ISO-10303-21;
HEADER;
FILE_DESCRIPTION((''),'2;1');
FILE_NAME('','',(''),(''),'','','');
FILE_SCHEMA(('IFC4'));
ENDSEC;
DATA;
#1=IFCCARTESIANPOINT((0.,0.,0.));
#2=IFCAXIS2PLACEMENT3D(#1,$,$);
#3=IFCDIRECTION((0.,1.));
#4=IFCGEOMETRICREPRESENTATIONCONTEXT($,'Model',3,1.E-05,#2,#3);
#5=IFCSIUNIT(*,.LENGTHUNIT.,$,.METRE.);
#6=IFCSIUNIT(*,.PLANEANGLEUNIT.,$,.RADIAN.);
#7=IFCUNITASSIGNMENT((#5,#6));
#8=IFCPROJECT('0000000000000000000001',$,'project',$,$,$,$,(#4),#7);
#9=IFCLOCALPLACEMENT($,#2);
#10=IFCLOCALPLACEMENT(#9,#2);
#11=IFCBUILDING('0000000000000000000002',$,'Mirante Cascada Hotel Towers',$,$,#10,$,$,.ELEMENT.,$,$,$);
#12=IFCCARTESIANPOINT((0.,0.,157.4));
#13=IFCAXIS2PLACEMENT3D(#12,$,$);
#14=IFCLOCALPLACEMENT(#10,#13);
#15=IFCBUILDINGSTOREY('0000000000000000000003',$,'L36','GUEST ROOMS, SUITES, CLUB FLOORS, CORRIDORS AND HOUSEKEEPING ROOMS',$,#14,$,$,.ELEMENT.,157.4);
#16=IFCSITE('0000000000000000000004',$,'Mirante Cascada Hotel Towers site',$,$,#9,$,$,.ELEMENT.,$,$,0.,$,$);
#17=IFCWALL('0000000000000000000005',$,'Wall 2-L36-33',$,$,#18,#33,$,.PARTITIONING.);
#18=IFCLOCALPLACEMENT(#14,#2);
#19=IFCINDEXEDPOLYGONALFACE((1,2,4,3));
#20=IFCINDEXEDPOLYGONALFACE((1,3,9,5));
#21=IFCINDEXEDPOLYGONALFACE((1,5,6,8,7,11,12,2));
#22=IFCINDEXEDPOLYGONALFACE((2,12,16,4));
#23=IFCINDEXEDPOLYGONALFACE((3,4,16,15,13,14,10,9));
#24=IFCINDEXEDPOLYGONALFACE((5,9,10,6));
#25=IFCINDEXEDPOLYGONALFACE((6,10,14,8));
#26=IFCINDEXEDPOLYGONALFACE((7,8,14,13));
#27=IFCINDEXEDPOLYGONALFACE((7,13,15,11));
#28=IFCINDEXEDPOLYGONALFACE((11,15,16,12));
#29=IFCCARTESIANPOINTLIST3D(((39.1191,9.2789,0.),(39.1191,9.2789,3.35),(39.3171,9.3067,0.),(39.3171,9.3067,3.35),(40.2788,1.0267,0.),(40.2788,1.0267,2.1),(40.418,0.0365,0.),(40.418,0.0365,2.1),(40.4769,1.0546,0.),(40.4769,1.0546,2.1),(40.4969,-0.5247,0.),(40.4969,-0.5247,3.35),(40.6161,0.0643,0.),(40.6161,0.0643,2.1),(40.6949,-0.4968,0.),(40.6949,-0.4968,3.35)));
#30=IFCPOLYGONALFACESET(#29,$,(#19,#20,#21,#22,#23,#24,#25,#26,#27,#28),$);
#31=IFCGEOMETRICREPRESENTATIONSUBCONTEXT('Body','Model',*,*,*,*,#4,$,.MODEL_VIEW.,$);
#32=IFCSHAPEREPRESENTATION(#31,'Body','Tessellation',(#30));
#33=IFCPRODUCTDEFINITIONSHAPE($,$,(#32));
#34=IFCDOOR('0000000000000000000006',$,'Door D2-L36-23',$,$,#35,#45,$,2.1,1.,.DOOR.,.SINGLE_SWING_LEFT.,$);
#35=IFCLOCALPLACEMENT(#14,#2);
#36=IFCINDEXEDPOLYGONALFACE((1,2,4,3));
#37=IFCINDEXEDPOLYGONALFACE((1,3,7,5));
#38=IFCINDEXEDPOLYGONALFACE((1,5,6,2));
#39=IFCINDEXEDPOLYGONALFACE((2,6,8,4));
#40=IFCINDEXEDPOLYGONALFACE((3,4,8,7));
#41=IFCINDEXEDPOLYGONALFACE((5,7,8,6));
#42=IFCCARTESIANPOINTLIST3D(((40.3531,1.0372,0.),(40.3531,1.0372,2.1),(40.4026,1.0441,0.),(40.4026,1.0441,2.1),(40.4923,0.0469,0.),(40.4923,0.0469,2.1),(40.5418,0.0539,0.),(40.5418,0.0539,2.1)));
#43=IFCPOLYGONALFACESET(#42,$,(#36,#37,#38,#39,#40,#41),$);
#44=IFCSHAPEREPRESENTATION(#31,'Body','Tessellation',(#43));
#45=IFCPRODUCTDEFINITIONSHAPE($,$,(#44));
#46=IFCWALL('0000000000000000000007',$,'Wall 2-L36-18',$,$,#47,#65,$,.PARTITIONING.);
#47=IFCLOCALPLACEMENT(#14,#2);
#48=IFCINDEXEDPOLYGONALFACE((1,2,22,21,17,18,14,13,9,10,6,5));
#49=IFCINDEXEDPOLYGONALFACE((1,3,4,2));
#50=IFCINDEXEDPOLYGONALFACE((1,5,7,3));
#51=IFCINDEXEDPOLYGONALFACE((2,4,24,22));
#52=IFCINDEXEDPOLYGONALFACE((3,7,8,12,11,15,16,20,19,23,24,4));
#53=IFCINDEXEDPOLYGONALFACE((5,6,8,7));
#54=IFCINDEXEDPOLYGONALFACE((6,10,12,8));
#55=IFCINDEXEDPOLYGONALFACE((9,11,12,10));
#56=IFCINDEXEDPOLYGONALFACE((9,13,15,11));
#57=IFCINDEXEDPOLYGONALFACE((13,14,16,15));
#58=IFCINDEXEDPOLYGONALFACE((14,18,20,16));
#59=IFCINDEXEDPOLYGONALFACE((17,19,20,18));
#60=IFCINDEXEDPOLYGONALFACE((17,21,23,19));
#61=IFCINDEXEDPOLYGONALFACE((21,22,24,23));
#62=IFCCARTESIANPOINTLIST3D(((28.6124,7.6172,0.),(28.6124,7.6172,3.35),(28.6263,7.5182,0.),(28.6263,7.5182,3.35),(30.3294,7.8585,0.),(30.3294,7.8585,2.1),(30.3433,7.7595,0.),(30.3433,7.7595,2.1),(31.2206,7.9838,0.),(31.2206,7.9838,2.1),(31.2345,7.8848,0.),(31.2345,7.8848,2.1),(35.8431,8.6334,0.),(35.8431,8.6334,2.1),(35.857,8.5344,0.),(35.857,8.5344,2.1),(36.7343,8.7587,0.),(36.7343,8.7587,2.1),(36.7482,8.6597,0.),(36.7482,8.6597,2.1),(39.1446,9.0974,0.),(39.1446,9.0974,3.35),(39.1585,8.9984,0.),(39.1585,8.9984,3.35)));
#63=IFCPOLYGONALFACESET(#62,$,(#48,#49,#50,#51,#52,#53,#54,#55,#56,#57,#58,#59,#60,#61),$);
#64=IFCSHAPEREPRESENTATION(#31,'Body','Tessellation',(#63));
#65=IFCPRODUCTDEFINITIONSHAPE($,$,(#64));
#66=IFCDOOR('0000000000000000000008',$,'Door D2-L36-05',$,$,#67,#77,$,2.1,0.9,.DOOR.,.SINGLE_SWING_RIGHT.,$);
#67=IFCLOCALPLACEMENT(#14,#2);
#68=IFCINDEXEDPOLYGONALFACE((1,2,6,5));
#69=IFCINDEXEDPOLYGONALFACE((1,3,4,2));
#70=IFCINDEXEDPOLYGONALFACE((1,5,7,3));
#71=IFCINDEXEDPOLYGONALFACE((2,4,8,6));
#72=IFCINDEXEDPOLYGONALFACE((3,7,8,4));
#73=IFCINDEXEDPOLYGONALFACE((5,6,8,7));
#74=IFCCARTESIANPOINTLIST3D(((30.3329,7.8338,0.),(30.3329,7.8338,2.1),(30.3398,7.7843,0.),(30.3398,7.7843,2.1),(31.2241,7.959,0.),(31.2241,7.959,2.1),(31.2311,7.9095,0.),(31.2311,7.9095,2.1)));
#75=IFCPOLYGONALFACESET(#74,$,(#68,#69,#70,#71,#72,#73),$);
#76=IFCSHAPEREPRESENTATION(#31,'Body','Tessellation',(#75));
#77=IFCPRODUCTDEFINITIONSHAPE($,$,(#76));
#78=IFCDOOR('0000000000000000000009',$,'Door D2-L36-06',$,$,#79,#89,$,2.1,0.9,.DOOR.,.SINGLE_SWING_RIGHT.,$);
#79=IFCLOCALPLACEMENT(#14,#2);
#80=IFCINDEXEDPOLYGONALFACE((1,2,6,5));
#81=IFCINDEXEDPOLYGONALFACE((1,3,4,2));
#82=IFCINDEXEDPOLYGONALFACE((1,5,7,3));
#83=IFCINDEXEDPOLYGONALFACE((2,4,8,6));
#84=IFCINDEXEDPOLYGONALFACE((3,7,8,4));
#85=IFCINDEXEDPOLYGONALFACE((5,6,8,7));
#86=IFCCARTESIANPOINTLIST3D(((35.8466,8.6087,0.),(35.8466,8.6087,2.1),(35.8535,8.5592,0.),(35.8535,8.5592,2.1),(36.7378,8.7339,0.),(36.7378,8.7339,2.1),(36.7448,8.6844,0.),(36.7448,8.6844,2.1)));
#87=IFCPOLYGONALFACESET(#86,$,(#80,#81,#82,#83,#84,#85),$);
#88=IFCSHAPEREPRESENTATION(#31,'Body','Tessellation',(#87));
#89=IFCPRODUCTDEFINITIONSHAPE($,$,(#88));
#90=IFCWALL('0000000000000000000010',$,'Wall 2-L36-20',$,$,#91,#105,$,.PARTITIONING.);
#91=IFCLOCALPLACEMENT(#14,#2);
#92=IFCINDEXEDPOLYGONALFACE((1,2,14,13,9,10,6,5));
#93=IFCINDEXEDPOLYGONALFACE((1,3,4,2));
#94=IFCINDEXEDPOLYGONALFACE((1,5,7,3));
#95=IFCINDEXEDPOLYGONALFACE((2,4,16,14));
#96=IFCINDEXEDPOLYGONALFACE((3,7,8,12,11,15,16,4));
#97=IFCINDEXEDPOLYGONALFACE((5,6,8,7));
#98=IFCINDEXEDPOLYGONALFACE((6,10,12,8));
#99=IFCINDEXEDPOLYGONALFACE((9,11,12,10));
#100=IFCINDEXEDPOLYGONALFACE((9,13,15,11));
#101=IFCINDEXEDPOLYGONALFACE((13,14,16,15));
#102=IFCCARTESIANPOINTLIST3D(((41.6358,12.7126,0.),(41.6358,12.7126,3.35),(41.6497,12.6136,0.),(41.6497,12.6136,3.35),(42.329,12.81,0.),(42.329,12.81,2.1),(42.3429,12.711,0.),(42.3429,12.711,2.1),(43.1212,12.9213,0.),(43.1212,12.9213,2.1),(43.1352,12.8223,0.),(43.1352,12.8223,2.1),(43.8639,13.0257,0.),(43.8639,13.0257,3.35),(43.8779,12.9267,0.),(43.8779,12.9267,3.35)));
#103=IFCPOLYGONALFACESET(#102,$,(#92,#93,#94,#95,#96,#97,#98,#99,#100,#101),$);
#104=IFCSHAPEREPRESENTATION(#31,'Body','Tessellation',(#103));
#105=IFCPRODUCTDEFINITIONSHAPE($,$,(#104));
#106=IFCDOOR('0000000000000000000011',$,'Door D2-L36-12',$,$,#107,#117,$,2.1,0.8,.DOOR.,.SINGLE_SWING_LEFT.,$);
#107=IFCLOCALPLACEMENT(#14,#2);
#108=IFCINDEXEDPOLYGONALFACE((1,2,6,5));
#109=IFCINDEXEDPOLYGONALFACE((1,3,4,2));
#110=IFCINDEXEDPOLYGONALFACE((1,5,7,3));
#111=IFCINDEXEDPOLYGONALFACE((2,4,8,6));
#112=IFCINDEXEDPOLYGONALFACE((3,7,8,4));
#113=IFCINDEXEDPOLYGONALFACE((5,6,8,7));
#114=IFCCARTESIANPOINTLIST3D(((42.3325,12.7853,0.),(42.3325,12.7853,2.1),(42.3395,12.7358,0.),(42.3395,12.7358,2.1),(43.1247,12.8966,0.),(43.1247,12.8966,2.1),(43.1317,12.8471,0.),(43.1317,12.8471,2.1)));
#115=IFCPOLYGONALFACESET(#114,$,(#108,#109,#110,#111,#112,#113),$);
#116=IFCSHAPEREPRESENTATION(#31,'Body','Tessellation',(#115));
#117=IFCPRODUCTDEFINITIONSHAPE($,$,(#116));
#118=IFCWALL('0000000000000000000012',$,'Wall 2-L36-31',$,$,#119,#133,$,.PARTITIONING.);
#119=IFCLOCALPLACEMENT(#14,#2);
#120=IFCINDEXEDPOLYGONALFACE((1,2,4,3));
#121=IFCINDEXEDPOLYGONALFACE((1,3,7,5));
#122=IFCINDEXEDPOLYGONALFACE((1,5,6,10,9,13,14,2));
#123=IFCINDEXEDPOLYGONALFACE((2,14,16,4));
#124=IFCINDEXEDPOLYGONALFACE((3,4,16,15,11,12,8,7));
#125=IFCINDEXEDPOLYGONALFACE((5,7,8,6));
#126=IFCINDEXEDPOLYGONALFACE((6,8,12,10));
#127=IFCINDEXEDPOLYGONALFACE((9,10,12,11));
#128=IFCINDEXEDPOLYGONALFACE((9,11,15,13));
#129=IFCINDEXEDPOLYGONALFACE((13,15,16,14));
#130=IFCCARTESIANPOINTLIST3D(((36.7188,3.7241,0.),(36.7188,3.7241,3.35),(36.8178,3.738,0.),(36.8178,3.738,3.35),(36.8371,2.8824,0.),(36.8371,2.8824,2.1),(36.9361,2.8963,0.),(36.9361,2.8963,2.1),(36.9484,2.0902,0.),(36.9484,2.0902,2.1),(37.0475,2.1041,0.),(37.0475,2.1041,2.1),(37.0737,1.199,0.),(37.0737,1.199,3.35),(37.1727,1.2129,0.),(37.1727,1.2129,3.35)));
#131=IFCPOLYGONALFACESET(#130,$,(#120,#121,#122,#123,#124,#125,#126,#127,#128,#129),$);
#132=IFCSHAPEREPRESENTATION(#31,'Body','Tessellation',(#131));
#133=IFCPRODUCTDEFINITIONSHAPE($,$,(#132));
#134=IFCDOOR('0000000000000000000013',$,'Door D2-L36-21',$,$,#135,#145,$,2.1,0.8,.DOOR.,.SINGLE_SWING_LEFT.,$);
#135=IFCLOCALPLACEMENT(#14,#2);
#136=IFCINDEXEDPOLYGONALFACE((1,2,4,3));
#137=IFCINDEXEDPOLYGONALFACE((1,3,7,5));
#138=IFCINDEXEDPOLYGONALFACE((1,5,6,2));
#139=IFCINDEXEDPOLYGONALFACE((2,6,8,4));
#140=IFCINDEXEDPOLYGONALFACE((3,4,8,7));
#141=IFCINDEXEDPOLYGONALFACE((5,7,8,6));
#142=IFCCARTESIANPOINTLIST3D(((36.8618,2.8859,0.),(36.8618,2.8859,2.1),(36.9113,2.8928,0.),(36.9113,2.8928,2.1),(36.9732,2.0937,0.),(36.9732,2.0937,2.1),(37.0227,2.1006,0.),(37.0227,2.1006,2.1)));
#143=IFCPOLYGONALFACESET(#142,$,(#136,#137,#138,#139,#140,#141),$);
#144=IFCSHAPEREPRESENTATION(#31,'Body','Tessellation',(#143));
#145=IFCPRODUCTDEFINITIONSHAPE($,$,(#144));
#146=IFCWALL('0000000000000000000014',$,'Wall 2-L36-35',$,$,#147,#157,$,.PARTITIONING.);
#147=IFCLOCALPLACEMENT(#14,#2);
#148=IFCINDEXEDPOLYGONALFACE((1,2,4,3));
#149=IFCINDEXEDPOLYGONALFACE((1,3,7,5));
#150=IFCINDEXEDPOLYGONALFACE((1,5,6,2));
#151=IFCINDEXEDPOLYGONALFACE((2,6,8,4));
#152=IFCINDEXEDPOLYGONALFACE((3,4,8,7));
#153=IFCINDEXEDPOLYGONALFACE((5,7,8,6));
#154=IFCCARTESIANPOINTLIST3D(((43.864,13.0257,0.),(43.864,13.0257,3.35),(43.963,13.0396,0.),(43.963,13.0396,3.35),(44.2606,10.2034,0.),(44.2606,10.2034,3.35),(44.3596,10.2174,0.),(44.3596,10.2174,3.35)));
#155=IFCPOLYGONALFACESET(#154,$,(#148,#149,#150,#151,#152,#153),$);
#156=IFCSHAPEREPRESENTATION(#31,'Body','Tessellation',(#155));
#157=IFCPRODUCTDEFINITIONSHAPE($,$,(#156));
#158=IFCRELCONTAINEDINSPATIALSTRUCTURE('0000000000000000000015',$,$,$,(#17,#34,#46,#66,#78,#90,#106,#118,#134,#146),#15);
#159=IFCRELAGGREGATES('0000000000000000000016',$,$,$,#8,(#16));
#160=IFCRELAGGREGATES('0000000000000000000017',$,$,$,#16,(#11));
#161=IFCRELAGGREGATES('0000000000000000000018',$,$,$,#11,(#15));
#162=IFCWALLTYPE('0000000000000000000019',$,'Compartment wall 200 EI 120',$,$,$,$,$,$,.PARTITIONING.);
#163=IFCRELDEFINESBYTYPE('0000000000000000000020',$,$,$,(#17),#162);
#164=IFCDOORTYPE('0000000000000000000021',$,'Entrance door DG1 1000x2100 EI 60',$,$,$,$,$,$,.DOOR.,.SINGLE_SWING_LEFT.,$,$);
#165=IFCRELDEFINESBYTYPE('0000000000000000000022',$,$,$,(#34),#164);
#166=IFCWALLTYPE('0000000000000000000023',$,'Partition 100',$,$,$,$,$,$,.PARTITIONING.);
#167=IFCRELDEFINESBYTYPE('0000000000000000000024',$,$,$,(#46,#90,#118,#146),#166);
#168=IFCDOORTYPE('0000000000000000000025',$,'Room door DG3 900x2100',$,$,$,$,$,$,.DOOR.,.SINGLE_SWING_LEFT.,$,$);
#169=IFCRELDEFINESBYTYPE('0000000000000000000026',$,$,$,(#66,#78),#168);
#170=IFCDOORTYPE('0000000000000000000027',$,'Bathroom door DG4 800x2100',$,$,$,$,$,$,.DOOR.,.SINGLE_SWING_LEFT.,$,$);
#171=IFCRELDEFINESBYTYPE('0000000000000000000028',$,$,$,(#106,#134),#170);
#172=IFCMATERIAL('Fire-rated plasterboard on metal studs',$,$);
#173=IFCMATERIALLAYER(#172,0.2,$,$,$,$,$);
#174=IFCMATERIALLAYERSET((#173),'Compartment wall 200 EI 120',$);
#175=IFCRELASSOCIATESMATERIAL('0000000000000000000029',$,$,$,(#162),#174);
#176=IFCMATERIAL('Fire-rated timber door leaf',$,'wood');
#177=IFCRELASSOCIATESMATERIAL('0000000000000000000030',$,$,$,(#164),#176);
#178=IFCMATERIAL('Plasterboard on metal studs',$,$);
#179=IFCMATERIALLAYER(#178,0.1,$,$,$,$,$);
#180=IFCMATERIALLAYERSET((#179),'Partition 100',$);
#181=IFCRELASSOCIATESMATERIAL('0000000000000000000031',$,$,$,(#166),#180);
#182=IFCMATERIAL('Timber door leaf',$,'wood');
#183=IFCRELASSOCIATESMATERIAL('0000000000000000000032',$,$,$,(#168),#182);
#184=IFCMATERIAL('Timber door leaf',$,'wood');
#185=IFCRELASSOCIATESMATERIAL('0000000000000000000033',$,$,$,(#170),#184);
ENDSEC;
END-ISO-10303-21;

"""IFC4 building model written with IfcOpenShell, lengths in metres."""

from ifc_helpers import new_model, si_unit, direction, frame, frame_2d, origin, place, context, subcontext, project, spatial, rectangle, extrude, material, layer, layer_set, type_object, element, fill, save


model = new_model("IFC4")

# Units and contexts
model_context = context("Model", 3, precision=1e-05, world=origin(), true_north=direction((0.0, 1.0)))
body_context = subcontext(model_context, "Body", "Model", "MODEL_VIEW")
ifc_project = project(units=[si_unit("LENGTHUNIT", "METRE"), si_unit("PLANEANGLEUNIT", "RADIAN")], contexts=[model_context])

# Site, building, storey
site_placement = place(None, origin())
site = spatial("IfcSite", under=ifc_project, at=site_placement, Name="Mirante Cascada Hotel Towers site", CompositionType="ELEMENT", RefElevation=0.0)
building_placement = place(site_placement, origin())
building = spatial("IfcBuilding", under=site, at=building_placement, Name="Mirante Cascada Hotel Towers", CompositionType="ELEMENT")
storey_placement = place(building_placement, frame((0.0, 0.0, 157.4)))
storey = spatial("IfcBuildingStorey", under=building, at=storey_placement, Name="L36", Description="GUEST ROOMS, SUITES, CLUB FLOORS, CORRIDORS AND HOUSEKEEPING ROOMS", CompositionType="ELEMENT", Elevation=157.4)

# Shared definitions
ifc_material_1 = material(Name="Fire-rated plasterboard on metal studs")
ifc_layer_1 = layer(ifc_material_1, 0.2)
ifc_layer_set_1 = layer_set([ifc_layer_1], Name="Compartment wall 200 EI 120")
wall_type_1 = type_object("IfcWallType", Name="Compartment wall 200 EI 120", PredefinedType="PARTITIONING", material=ifc_layer_set_1)

# Shared definitions
ifc_material_2 = material(Name="Fire-rated timber door leaf", Category="wood")
door_type_1 = type_object("IfcDoorType", Name="Entrance door DG1 1000x2100 EI 60", OperationType="SINGLE_SWING_LEFT", PredefinedType="DOOR", material=ifc_material_2)

# Wall, opening, door
wall_1_placement = place(storey_placement, frame((40.5959, -0.5108, 0.0), z_axis=(0.0, 0.0, 1.0), x_axis=(-0.139173, 0.990268, 0.0)))
wall_1 = element("IfcWall", 1, at=wall_1_placement, inside=storey, type_object=wall_type_1, Name="Wall 2-L36-33", PredefinedType="PARTITIONING", context=body_context, shape_type="SweptSolid", body=[
    extrude(rectangle(XDim=9.8999, YDim=0.2, at=frame_2d((4.95, 0.0))), origin(), (0.0, 0.0, 1.0), 3.35),
])
opening_1_placement = place(wall_1_placement, frame((0.5667, 0.0, 0.0)))
opening_1 = element("IfcOpeningElement", 2, at=opening_1_placement, cuts=wall_1, PredefinedType="OPENING", context=body_context, shape_type="SweptSolid", body=[
    extrude(rectangle(XDim=1.0, YDim=2.1, at=frame_2d((0.5, 1.05))), frame((0.0, 0.1, 0.0), z_axis=(0.0, -1.0, 0.0), x_axis=(1.0, 0.0, 0.0)), (0.0, 0.0, 1.0), 0.2),
])
door_1_placement = place(opening_1_placement, origin())
door_1 = element("IfcDoor", 3, at=door_1_placement, inside=storey, type_object=door_type_1, Name="Door D2-L36-23", OperationType="SINGLE_SWING_LEFT", OverallHeight=2.1, OverallWidth=1.0, PredefinedType="DOOR", context=body_context, shape_type="SweptSolid", body=[
    extrude(rectangle(XDim=1.0, YDim=2.1, at=frame_2d((0.5, 1.05))), frame((0.0, 0.025, 0.0), z_axis=(0.0, -1.0, 0.0), x_axis=(1.0, 0.0, 0.0)), (0.0, 0.0, 1.0), 0.05),
])
fill(opening_1, door_1)

# Wall, openings, doors
ifc_material_3 = material(Name="Plasterboard on metal studs")
ifc_layer_2 = layer(ifc_material_3, 0.1)
ifc_layer_set_2 = layer_set([ifc_layer_2], Name="Partition 100")
wall_type_2 = type_object("IfcWallType", Name="Partition 100", PredefinedType="PARTITIONING", material=ifc_layer_set_2)
wall_2_placement = place(storey_placement, frame((39.1515, 9.0479, 0.0), z_axis=(0.0, 0.0, 1.0), x_axis=(-0.990268, -0.139173, 0.0)))
wall_2 = element("IfcWall", 4, at=wall_2_placement, inside=storey, type_object=wall_type_2, Name="Wall 2-L36-18", PredefinedType="PARTITIONING", context=body_context, shape_type="SweptSolid", body=[
    extrude(rectangle(XDim=10.6357, YDim=0.1, at=frame_2d((5.3178, 0.0))), origin(), (0.0, 0.0, 1.0), 3.35),
])
opening_2_placement = place(wall_2_placement, frame((8.0018, 0.0, 0.0)))
opening_2 = element("IfcOpeningElement", 5, at=opening_2_placement, cuts=wall_2, PredefinedType="OPENING", context=body_context, shape_type="SweptSolid", body=[
    extrude(rectangle(XDim=0.9, YDim=2.1, at=frame_2d((0.45, 1.05))), frame((0.0, 0.05, 0.0), z_axis=(0.0, -1.0, 0.0), x_axis=(1.0, 0.0, 0.0)), (0.0, 0.0, 1.0), 0.1),
])
opening_3_placement = place(wall_2_placement, frame((2.4339, 0.0, 0.0)))
opening_3 = element("IfcOpeningElement", 6, at=opening_3_placement, cuts=wall_2, PredefinedType="OPENING", context=body_context, shape_type="SweptSolid", body=[
    extrude(rectangle(XDim=0.9, YDim=2.1, at=frame_2d((0.45, 1.05))), frame((0.0, 0.05, 0.0), z_axis=(0.0, -1.0, 0.0), x_axis=(1.0, 0.0, 0.0)), (0.0, 0.0, 1.0), 0.1),
])
ifc_material_4 = material(Name="Timber door leaf", Category="wood")
door_type_2 = type_object("IfcDoorType", Name="Room door DG3 900x2100", OperationType="SINGLE_SWING_LEFT", PredefinedType="DOOR", material=ifc_material_4)
door_2_placement = place(opening_2_placement, frame((0.9, 0.0, 0.0), z_axis=(0.0, 0.0, 1.0), x_axis=(-1.0, 0.0, 0.0)))
door_2 = element("IfcDoor", 7, at=door_2_placement, inside=storey, type_object=door_type_2, Name="Door D2-L36-05", OperationType="SINGLE_SWING_RIGHT", OverallHeight=2.1, OverallWidth=0.9, PredefinedType="DOOR", context=body_context, shape_type="SweptSolid", body=[
    extrude(rectangle(XDim=0.9, YDim=2.1, at=frame_2d((0.45, 1.05))), frame((0.0, 0.025, 0.0), z_axis=(0.0, -1.0, 0.0), x_axis=(1.0, 0.0, 0.0)), (0.0, 0.0, 1.0), 0.05),
])
fill(opening_2, door_2)
door_3_placement = place(opening_3_placement, frame((0.9, 0.0, 0.0), z_axis=(0.0, 0.0, 1.0), x_axis=(-1.0, 0.0, 0.0)))
door_3 = element("IfcDoor", 8, at=door_3_placement, inside=storey, type_object=door_type_2, Name="Door D2-L36-06", OperationType="SINGLE_SWING_RIGHT", OverallHeight=2.1, OverallWidth=0.9, PredefinedType="DOOR", context=body_context, shape_type="SweptSolid", body=[
    extrude(rectangle(XDim=0.9, YDim=2.1, at=frame_2d((0.45, 1.05))), frame((0.0, 0.025, 0.0), z_axis=(0.0, -1.0, 0.0), x_axis=(1.0, 0.0, 0.0)), (0.0, 0.0, 1.0), 0.05),
])
fill(opening_3, door_3)

# Walls, openings, doors
wall_3_placement = place(storey_placement, frame((43.8709, 12.9762, 0.0), z_axis=(0.0, 0.0, 1.0), x_axis=(-0.990271, -0.139156, 0.0)))
wall_3 = element("IfcWall", 9, at=wall_3_placement, inside=storey, type_object=wall_type_2, Name="Wall 2-L36-20", PredefinedType="PARTITIONING", context=body_context, shape_type="SweptSolid", body=[
    extrude(rectangle(XDim=2.25, YDim=0.1, at=frame_2d((1.125, 0.0))), origin(), (0.0, 0.0, 1.0), 3.35),
])
opening_4_placement = place(wall_3_placement, frame((0.75, 0.0, 0.0)))
opening_4 = element("IfcOpeningElement", 10, at=opening_4_placement, cuts=wall_3, PredefinedType="OPENING", context=body_context, shape_type="SweptSolid", body=[
    extrude(rectangle(XDim=0.8, YDim=2.1, at=frame_2d((0.4, 1.05))), frame((0.0, 0.05, 0.0), z_axis=(0.0, -1.0, 0.0), x_axis=(1.0, 0.0, 0.0)), (0.0, 0.0, 1.0), 0.1),
])
ifc_material_5 = material(Name="Timber door leaf", Category="wood")
door_type_3 = type_object("IfcDoorType", Name="Bathroom door DG4 800x2100", OperationType="SINGLE_SWING_LEFT", PredefinedType="DOOR", material=ifc_material_5)
door_4_placement = place(opening_4_placement, origin())
door_4 = element("IfcDoor", 11, at=door_4_placement, inside=storey, type_object=door_type_3, Name="Door D2-L36-12", OperationType="SINGLE_SWING_LEFT", OverallHeight=2.1, OverallWidth=0.8, PredefinedType="DOOR", context=body_context, shape_type="SweptSolid", body=[
    extrude(rectangle(XDim=0.8, YDim=2.1, at=frame_2d((0.4, 1.05))), frame((0.0, 0.025, 0.0), z_axis=(0.0, -1.0, 0.0), x_axis=(1.0, 0.0, 0.0)), (0.0, 0.0, 1.0), 0.05),
])
fill(opening_4, door_4)
wall_4_placement = place(storey_placement, frame((37.1232, 1.2059, 0.0), z_axis=(0.0, 0.0, 1.0), x_axis=(-0.139181, 0.990267, 0.0)))
wall_4 = element("IfcWall", 12, at=wall_4_placement, inside=storey, type_object=wall_type_2, Name="Wall 2-L36-31", PredefinedType="PARTITIONING", context=body_context, shape_type="SweptSolid", body=[
    extrude(rectangle(XDim=2.5499, YDim=0.1, at=frame_2d((1.275, 0.0))), origin(), (0.0, 0.0, 1.0), 3.35),
])
opening_5_placement = place(wall_4_placement, frame((0.9, 0.0, 0.0)))
opening_5 = element("IfcOpeningElement", 13, at=opening_5_placement, cuts=wall_4, PredefinedType="OPENING", context=body_context, shape_type="SweptSolid", body=[
    extrude(rectangle(XDim=0.8, YDim=2.1, at=frame_2d((0.4, 1.05))), frame((0.0, 0.05, 0.0), z_axis=(0.0, -1.0, 0.0), x_axis=(1.0, 0.0, 0.0)), (0.0, 0.0, 1.0), 0.1),
])
door_5_placement = place(opening_5_placement, origin())
door_5 = element("IfcDoor", 14, at=door_5_placement, inside=storey, type_object=door_type_3, Name="Door D2-L36-21", OperationType="SINGLE_SWING_LEFT", OverallHeight=2.1, OverallWidth=0.8, PredefinedType="DOOR", context=body_context, shape_type="SweptSolid", body=[
    extrude(rectangle(XDim=0.8, YDim=2.1, at=frame_2d((0.4, 1.05))), frame((0.0, 0.025, 0.0), z_axis=(0.0, -1.0, 0.0), x_axis=(1.0, 0.0, 0.0)), (0.0, 0.0, 1.0), 0.05),
])
fill(opening_5, door_5)

# Wall
wall_5_placement = place(storey_placement, frame((44.3101, 10.2104, 0.0), z_axis=(0.0, 0.0, 1.0), x_axis=(-0.139156, 0.99027, 0.0)))
element("IfcWall", 15, at=wall_5_placement, inside=storey, type_object=wall_type_2, Name="Wall 2-L36-35", PredefinedType="PARTITIONING", context=body_context, shape_type="SweptSolid", body=[
    extrude(rectangle(XDim=2.85, YDim=0.1, at=frame_2d((1.425, 0.0))), origin(), (0.0, 0.0, 1.0), 3.35),
])

save(model, "model.ifc")
